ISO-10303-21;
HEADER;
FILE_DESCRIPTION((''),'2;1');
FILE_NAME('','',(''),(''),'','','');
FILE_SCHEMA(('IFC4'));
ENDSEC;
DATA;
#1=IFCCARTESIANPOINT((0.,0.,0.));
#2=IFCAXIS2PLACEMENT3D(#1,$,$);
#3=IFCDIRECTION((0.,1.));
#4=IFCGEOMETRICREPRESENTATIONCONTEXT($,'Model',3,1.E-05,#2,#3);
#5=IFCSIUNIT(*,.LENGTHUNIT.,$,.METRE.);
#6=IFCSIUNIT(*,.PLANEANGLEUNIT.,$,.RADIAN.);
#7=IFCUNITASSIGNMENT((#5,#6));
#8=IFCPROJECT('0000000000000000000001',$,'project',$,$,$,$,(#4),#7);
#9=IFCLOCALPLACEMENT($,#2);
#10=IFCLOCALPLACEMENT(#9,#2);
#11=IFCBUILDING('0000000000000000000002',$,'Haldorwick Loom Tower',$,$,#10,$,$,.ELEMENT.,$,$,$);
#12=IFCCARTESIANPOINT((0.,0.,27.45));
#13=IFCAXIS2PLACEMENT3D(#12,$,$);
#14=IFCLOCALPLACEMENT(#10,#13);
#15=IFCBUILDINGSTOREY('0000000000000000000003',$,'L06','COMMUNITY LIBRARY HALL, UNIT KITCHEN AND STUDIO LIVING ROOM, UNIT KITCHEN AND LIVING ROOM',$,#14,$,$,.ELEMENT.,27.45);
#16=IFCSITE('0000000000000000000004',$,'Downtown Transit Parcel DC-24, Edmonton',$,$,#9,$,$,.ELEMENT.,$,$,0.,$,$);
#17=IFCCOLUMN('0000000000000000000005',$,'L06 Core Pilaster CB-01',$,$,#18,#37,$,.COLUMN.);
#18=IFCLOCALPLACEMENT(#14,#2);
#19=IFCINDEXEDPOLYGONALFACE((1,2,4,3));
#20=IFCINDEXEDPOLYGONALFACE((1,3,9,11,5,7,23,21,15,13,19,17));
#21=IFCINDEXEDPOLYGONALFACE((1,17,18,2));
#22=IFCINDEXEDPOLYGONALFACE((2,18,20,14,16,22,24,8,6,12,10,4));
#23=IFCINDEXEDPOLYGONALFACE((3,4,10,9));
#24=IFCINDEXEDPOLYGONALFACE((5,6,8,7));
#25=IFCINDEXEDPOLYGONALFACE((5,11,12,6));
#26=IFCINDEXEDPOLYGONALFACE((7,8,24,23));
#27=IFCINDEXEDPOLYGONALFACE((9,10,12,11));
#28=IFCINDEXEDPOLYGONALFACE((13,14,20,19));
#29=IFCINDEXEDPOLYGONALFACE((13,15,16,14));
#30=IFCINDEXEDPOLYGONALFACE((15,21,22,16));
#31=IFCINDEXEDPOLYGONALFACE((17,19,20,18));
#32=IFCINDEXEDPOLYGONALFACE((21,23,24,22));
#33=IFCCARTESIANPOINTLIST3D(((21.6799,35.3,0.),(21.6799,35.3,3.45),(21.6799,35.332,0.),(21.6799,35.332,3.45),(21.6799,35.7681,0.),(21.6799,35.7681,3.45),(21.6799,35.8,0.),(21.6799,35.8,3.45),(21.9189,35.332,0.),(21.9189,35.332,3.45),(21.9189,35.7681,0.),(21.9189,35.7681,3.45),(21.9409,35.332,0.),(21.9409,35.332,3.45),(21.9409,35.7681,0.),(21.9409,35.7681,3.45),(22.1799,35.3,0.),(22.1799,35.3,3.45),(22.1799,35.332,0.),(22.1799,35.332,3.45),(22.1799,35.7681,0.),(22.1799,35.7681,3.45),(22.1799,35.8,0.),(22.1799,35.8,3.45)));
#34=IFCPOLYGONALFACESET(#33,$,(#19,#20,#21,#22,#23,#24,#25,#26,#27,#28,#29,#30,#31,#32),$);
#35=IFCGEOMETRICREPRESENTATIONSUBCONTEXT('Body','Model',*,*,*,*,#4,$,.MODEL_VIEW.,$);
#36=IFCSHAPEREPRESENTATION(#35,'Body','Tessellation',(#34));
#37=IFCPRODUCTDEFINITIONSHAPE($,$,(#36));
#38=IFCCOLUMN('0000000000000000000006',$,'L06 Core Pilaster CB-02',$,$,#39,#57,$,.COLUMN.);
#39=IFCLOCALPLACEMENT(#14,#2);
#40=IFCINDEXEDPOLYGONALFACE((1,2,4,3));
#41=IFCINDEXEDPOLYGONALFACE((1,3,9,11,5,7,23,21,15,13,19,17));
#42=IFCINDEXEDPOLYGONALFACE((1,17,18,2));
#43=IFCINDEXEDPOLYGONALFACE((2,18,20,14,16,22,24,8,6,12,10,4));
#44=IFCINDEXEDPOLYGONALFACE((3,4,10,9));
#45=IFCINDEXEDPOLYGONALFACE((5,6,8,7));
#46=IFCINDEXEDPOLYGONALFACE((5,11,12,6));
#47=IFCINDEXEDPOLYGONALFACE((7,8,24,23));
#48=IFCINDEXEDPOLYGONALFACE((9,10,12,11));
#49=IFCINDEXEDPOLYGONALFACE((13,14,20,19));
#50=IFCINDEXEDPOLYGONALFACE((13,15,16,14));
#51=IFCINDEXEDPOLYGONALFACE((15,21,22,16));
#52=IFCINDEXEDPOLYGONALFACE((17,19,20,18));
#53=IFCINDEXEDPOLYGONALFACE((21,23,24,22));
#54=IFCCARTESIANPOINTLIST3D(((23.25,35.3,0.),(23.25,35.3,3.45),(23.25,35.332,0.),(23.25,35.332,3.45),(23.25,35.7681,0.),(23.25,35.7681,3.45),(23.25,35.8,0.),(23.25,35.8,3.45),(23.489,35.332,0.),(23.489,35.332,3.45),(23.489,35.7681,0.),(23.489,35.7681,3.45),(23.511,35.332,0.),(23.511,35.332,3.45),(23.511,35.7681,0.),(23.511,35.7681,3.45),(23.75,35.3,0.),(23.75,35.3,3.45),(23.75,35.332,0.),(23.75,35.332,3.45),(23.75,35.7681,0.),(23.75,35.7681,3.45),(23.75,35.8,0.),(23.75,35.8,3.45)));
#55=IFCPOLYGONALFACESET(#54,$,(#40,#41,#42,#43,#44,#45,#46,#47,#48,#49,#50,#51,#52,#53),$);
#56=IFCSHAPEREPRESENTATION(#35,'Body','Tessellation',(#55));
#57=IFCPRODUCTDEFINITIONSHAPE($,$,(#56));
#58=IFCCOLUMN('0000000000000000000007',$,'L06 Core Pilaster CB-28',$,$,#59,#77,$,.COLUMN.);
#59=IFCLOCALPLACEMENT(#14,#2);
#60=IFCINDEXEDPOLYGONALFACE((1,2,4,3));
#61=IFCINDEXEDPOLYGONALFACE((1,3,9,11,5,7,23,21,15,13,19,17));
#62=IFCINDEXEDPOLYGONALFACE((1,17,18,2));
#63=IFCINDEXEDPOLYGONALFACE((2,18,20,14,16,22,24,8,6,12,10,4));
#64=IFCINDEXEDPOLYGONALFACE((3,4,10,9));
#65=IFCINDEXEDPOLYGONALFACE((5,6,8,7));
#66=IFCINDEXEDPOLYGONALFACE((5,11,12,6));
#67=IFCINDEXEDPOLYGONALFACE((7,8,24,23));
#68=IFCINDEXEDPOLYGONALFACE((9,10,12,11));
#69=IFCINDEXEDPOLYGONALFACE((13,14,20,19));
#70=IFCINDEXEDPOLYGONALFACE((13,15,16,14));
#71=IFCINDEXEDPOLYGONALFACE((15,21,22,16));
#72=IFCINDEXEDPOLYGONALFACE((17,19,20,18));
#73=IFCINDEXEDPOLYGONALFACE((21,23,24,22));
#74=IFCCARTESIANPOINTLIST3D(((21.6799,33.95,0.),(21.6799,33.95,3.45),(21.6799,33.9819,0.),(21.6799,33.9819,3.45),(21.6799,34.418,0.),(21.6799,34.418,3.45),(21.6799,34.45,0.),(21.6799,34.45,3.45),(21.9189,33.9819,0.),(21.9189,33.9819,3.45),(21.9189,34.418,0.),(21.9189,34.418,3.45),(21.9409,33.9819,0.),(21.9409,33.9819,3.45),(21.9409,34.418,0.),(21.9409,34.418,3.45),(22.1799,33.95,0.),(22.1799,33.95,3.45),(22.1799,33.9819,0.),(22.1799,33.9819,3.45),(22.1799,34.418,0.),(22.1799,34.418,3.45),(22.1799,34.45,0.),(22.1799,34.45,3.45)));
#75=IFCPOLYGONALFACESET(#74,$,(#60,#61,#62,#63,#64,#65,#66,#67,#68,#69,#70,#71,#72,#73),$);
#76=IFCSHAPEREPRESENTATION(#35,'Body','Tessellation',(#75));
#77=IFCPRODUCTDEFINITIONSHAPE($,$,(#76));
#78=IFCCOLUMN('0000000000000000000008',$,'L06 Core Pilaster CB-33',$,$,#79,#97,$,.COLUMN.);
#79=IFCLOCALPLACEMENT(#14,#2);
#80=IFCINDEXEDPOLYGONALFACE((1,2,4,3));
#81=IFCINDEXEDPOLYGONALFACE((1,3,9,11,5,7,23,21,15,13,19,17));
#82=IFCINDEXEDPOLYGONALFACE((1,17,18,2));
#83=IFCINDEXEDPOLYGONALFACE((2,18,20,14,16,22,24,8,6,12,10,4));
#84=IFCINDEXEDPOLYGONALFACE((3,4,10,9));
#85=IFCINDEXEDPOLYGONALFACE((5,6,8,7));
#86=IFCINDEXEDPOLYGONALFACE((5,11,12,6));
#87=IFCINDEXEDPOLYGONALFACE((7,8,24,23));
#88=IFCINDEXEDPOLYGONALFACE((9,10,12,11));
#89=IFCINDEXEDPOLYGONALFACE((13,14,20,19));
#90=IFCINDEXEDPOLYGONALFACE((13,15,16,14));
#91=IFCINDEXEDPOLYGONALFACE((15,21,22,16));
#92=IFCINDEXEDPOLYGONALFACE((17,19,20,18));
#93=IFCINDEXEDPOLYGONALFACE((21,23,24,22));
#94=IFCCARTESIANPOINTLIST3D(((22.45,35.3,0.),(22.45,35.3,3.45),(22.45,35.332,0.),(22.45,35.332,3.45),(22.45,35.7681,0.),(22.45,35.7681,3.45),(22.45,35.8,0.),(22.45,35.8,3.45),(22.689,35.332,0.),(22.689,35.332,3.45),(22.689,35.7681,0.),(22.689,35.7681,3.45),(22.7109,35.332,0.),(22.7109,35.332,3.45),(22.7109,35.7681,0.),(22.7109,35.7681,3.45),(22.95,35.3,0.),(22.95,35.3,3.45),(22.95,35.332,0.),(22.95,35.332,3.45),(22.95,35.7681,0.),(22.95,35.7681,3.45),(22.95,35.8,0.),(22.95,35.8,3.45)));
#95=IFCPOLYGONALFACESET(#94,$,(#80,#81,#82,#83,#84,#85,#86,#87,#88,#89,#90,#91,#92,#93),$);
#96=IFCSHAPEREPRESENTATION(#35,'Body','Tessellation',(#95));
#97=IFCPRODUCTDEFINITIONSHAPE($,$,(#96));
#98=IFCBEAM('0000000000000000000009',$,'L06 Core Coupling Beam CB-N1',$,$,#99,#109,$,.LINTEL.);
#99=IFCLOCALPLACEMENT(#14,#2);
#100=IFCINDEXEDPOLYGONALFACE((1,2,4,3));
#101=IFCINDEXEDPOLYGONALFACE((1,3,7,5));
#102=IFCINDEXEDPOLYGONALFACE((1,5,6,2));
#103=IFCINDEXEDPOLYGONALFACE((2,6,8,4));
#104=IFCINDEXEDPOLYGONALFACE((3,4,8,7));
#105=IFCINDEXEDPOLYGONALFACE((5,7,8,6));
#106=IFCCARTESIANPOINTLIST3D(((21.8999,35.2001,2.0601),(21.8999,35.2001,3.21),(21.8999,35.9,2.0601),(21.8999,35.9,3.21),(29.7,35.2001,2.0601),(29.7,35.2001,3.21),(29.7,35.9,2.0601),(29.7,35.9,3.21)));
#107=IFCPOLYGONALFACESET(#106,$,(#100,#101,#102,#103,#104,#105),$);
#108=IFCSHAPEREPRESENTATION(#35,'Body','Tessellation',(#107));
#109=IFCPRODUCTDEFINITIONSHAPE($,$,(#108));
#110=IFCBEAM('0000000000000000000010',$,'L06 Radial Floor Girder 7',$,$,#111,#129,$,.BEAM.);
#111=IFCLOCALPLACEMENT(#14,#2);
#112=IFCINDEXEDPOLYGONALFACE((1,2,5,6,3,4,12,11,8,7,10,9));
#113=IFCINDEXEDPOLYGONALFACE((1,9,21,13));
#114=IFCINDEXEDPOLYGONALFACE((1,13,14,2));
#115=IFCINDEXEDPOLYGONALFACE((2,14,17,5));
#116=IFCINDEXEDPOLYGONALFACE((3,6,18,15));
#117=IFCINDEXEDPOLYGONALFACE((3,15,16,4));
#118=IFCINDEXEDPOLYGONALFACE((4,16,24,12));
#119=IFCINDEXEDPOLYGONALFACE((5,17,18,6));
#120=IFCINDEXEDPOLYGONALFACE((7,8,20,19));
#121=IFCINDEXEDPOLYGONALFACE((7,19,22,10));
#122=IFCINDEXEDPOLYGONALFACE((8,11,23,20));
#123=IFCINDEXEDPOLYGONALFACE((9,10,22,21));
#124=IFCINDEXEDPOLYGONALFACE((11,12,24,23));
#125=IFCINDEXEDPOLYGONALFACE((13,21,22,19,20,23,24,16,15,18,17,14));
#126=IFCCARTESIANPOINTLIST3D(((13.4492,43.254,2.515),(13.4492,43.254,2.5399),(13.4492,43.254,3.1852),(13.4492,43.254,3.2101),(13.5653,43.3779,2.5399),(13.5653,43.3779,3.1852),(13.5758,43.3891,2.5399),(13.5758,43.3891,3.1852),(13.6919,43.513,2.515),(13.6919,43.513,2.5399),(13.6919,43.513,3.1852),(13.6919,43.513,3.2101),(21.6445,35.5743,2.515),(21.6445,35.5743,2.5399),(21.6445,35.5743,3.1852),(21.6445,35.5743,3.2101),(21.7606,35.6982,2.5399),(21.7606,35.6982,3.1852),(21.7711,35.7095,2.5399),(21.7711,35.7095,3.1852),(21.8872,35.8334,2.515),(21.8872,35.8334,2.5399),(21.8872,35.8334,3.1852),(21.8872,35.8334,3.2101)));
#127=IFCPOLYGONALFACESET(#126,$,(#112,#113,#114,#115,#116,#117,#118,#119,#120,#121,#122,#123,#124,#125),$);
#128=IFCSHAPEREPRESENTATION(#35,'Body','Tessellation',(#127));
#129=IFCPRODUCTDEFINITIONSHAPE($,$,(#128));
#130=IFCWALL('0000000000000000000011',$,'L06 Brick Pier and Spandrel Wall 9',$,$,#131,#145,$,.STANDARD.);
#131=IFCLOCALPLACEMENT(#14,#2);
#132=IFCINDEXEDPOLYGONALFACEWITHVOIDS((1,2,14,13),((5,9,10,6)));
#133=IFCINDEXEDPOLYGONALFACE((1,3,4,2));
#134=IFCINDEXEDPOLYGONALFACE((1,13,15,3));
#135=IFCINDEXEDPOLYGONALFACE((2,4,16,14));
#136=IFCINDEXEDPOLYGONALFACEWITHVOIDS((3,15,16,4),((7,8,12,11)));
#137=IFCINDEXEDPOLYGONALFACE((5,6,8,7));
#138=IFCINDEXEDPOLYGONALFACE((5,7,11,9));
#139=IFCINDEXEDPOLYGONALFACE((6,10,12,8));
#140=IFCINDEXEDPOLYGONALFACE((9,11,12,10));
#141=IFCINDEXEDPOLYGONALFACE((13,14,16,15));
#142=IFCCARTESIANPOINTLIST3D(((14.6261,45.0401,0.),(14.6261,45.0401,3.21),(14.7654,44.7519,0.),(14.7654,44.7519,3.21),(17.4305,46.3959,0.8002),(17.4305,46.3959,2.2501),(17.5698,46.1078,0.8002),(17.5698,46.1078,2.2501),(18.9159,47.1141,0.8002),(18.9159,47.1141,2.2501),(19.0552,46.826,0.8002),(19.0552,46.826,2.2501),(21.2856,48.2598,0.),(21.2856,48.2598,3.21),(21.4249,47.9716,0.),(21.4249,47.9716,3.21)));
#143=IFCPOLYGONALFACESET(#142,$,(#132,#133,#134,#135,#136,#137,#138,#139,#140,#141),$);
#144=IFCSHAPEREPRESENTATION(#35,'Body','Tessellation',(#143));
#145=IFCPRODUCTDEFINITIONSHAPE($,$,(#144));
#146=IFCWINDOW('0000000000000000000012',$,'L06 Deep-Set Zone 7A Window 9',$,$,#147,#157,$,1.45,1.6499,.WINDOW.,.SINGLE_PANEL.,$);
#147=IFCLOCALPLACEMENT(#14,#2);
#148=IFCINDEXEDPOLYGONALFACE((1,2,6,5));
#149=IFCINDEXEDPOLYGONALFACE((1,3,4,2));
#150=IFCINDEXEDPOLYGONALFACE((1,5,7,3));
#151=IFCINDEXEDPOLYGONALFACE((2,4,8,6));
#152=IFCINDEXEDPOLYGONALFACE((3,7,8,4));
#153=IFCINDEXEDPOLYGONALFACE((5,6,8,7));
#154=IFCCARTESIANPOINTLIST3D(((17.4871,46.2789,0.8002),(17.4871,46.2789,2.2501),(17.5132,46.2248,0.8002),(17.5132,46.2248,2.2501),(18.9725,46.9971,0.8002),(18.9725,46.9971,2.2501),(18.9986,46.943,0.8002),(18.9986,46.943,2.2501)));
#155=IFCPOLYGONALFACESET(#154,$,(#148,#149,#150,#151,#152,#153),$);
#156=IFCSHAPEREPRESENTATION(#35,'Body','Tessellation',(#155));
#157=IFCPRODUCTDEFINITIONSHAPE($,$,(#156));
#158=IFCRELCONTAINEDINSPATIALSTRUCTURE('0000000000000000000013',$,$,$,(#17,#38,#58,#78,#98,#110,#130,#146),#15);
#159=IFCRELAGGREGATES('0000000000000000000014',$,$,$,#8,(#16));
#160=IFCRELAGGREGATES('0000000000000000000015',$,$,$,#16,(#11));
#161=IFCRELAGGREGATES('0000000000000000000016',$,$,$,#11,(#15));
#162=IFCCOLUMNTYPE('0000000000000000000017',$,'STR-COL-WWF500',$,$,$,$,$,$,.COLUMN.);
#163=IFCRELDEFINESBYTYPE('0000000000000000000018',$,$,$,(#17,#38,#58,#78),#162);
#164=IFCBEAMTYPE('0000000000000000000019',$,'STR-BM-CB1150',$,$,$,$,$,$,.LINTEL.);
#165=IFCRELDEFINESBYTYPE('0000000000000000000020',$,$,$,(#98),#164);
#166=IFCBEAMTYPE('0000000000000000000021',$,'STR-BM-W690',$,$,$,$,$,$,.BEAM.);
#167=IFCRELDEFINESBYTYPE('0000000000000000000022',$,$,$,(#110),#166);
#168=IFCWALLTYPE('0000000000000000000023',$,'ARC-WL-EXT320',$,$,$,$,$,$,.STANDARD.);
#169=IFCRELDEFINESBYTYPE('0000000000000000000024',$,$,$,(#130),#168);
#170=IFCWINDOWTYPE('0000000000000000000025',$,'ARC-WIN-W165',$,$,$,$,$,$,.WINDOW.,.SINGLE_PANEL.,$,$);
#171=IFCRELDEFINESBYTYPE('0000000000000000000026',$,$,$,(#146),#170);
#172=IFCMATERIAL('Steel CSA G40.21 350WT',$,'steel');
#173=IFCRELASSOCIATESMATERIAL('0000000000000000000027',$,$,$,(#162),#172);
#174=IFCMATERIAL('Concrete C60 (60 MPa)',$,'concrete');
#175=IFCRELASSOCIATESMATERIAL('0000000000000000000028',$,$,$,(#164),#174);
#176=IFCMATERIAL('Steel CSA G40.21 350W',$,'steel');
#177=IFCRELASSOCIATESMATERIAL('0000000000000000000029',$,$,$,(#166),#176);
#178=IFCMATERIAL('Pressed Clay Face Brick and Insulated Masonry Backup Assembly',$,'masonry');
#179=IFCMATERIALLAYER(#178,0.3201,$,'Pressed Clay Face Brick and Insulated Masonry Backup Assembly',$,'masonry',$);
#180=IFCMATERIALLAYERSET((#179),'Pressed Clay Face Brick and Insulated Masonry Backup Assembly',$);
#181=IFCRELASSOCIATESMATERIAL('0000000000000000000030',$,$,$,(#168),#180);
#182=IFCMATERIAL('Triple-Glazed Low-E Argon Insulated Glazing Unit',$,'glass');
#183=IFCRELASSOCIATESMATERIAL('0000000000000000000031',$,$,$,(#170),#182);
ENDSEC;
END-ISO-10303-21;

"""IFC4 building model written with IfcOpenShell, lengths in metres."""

from ifc_helpers import new_model, si_unit, direction, frame, frame_2d, origin, origin_2d, place, context, subcontext, project, spatial, rectangle, i_section, extrude, material, layer, layer_set, material_profile, profile_set, type_object, element, fill, save


model = new_model("IFC4")

# Units and contexts
model_context = context("Model", 3, precision=1e-05, world=origin(), true_north=direction((0.0, 1.0)))
body_context = subcontext(model_context, "Body", "Model", "MODEL_VIEW")
ifc_project = project(units=[si_unit("LENGTHUNIT", "METRE"), si_unit("PLANEANGLEUNIT", "RADIAN")], contexts=[model_context])

# Site, building, storey
site_placement = place(None, origin())
site = spatial("IfcSite", under=ifc_project, at=site_placement, Name="Downtown Transit Parcel DC-24, Edmonton", CompositionType="ELEMENT", RefElevation=0.0)
building_placement = place(site_placement, origin())
building = spatial("IfcBuilding", under=site, at=building_placement, Name="Haldorwick Loom Tower", CompositionType="ELEMENT")
storey_placement = place(building_placement, frame((0.0, 0.0, 27.45)))
storey = spatial("IfcBuildingStorey", under=building, at=storey_placement, Name="L06", Description="COMMUNITY LIBRARY HALL, UNIT KITCHEN AND STUDIO LIVING ROOM, UNIT KITCHEN AND LIVING ROOM", CompositionType="ELEMENT", Elevation=27.45)

# Columns
ifc_material_1 = material(Name="Steel CSA G40.21 350WT", Category="steel")
ifc_material_profile_1 = material_profile(ifc_material_1, i_section(OverallWidth=0.5, OverallDepth=0.5, WebThickness=0.022, FlangeThickness=0.032, at=origin_2d()), Name="WWF500X500", Category="steel")
ifc_profile_set_1 = profile_set([ifc_material_profile_1], Name="Steel CSA G40.21 350WT")
column_type = type_object("IfcColumnType", Name="STR-COL-WWF500", PredefinedType="COLUMN", material=ifc_profile_set_1)
for number, where, z_axis, x_axis, name in (
    (1, (21.9299, 35.55, 0.0), (0.0, 0.0, 1.0), (1.0, 0.0, 0.0), "L06 Core Pilaster CB-01"),
    (2, (23.5, 35.55, 0.0), (0.0, 0.0, 1.0), (1.0, 0.0, 0.0), "L06 Core Pilaster CB-02"),
    (3, (21.9299, 34.2, 0.0), (0.0, 0.0, 1.0), (1.0, 0.0, 0.0), "L06 Core Pilaster CB-28"),
    (4, (22.7, 35.55, 0.0), (0.0, 0.0, 1.0), (1.0, 0.0, 0.0), "L06 Core Pilaster CB-33"),
):
    element("IfcColumn", number, at=place(storey_placement, frame(where, z_axis=z_axis, x_axis=x_axis)), inside=storey, type_object=column_type, Name=name, PredefinedType="COLUMN", context=body_context, shape_type="SweptSolid", body=[
        extrude(i_section(OverallWidth=0.5, OverallDepth=0.5, WebThickness=0.022, FlangeThickness=0.032, at=origin_2d()), origin(), (0.0, 0.0, 1.0), 3.45),
    ])

# Beams
ifc_material_2 = material(Name="Concrete C60 (60 MPa)", Category="concrete")
ifc_material_profile_2 = material_profile(ifc_material_2, rectangle(XDim=0.7, YDim=1.1499, at=origin_2d()), Name="RC700X1150", Category="concrete")
ifc_profile_set_2 = profile_set([ifc_material_profile_2], Name="Concrete C60 (60 MPa)")
beam_type_1 = type_object("IfcBeamType", Name="STR-BM-CB1150", PredefinedType="LINTEL", material=ifc_profile_set_2)
beam_1_placement = place(storey_placement, frame((21.8999, 35.55, 2.635), z_axis=(1.0, 0.0, 0.0), x_axis=(0.0, 1.0, 0.0)))
element("IfcBeam", 5, at=beam_1_placement, inside=storey, type_object=beam_type_1, Name="L06 Core Coupling Beam CB-N1", PredefinedType="LINTEL", context=body_context, shape_type="SweptSolid", body=[
    extrude(rectangle(XDim=0.7, YDim=1.1499, at=origin_2d()), origin(), (0.0, 0.0, 1.0), 7.8),
])
ifc_material_3 = material(Name="Steel CSA G40.21 350W", Category="steel")
ifc_material_profile_3 = material_profile(ifc_material_3, i_section(OverallWidth=0.355, OverallDepth=0.6951, WebThickness=0.0154, FlangeThickness=0.0249, at=origin_2d()), Name="W690X217", Category="steel")
ifc_profile_set_3 = profile_set([ifc_material_profile_3], Name="Steel CSA G40.21 350W")
beam_type_2 = type_object("IfcBeamType", Name="STR-BM-W690", PredefinedType="BEAM", material=ifc_profile_set_3)
beam_2_placement = place(storey_placement, frame((21.7659, 35.7039, 2.8625), z_axis=(-0.729689, 0.683779, 0.0), x_axis=(-0.683779, -0.729689, 0.0)))
element("IfcBeam", 6, at=beam_2_placement, inside=storey, type_object=beam_type_2, Name="L06 Radial Floor Girder 7", PredefinedType="BEAM", context=body_context, shape_type="SweptSolid", body=[
    extrude(i_section(OverallWidth=0.355, OverallDepth=0.6951, WebThickness=0.0154, FlangeThickness=0.0249, at=origin_2d()), origin(), (0.0, 0.0, 1.0), 11.2312),
])

# Wall, opening, window
ifc_material_4 = material(Name="Pressed Clay Face Brick and Insulated Masonry Backup Assembly", Category="masonry")
ifc_layer_1 = layer(ifc_material_4, 0.3201, Name="Pressed Clay Face Brick and Insulated Masonry Backup Assembly", Category="masonry")
ifc_layer_set_1 = layer_set([ifc_layer_1], Name="Pressed Clay Face Brick and Insulated Masonry Backup Assembly")
wall_type_1 = type_object("IfcWallType", Name="ARC-WL-EXT320", PredefinedType="STANDARD", material=ifc_layer_set_1)
wall_1_placement = place(storey_placement, frame((21.3552, 48.1157, 0.0), z_axis=(0.0, 0.0, 1.0), x_axis=(-0.900296, -0.435279, 0.0)))
wall_1 = element("IfcWall", 7, at=wall_1_placement, inside=storey, type_object=wall_type_1, Name="L06 Brick Pier and Spandrel Wall 9", PredefinedType="STANDARD", context=body_context, shape_type="SweptSolid", body=[
    extrude(rectangle(XDim=7.397, YDim=0.3201, at=frame_2d((3.6985, 0.0))), origin(), (0.0, 0.0, 1.0), 3.21),
])
opening_1_placement = place(wall_1_placement, frame((2.6321, 0.0, 0.8)))
opening_1 = element("IfcOpeningElement", 8, at=opening_1_placement, cuts=wall_1, PredefinedType="OPENING", context=body_context, shape_type="SweptSolid", body=[
    extrude(rectangle(XDim=1.6499, YDim=1.45, at=frame_2d((0.825, 0.7251))), frame((0.0, 0.1699, 0.0), z_axis=(0.0, -1.0, 0.0), x_axis=(1.0, 0.0, 0.0)), (0.0, 0.0, 1.0), 0.3401),
])
ifc_material_5 = material(Name="Triple-Glazed Low-E Argon Insulated Glazing Unit", Category="glass")
window_type = type_object("IfcWindowType", Name="ARC-WIN-W165", PartitioningType="SINGLE_PANEL", PredefinedType="WINDOW", material=ifc_material_5)
window_placement = place(opening_1_placement, origin())
window = element("IfcWindow", 9, at=window_placement, inside=storey, type_object=window_type, Name="L06 Deep-Set Zone 7A Window 9", OverallHeight=1.45, OverallWidth=1.6499, PartitioningType="SINGLE_PANEL", PredefinedType="WINDOW", context=body_context, shape_type="SweptSolid", body=[
    extrude(rectangle(XDim=1.6499, YDim=1.45, at=frame_2d((0.825, 0.7251))), frame((0.0, 0.03, 0.0), z_axis=(0.0, -1.0, 0.0), x_axis=(1.0, 0.0, 0.0)), (0.0, 0.0, 1.0), 0.0601),
])
fill(opening_1, window)

save(model, "model.ifc")
